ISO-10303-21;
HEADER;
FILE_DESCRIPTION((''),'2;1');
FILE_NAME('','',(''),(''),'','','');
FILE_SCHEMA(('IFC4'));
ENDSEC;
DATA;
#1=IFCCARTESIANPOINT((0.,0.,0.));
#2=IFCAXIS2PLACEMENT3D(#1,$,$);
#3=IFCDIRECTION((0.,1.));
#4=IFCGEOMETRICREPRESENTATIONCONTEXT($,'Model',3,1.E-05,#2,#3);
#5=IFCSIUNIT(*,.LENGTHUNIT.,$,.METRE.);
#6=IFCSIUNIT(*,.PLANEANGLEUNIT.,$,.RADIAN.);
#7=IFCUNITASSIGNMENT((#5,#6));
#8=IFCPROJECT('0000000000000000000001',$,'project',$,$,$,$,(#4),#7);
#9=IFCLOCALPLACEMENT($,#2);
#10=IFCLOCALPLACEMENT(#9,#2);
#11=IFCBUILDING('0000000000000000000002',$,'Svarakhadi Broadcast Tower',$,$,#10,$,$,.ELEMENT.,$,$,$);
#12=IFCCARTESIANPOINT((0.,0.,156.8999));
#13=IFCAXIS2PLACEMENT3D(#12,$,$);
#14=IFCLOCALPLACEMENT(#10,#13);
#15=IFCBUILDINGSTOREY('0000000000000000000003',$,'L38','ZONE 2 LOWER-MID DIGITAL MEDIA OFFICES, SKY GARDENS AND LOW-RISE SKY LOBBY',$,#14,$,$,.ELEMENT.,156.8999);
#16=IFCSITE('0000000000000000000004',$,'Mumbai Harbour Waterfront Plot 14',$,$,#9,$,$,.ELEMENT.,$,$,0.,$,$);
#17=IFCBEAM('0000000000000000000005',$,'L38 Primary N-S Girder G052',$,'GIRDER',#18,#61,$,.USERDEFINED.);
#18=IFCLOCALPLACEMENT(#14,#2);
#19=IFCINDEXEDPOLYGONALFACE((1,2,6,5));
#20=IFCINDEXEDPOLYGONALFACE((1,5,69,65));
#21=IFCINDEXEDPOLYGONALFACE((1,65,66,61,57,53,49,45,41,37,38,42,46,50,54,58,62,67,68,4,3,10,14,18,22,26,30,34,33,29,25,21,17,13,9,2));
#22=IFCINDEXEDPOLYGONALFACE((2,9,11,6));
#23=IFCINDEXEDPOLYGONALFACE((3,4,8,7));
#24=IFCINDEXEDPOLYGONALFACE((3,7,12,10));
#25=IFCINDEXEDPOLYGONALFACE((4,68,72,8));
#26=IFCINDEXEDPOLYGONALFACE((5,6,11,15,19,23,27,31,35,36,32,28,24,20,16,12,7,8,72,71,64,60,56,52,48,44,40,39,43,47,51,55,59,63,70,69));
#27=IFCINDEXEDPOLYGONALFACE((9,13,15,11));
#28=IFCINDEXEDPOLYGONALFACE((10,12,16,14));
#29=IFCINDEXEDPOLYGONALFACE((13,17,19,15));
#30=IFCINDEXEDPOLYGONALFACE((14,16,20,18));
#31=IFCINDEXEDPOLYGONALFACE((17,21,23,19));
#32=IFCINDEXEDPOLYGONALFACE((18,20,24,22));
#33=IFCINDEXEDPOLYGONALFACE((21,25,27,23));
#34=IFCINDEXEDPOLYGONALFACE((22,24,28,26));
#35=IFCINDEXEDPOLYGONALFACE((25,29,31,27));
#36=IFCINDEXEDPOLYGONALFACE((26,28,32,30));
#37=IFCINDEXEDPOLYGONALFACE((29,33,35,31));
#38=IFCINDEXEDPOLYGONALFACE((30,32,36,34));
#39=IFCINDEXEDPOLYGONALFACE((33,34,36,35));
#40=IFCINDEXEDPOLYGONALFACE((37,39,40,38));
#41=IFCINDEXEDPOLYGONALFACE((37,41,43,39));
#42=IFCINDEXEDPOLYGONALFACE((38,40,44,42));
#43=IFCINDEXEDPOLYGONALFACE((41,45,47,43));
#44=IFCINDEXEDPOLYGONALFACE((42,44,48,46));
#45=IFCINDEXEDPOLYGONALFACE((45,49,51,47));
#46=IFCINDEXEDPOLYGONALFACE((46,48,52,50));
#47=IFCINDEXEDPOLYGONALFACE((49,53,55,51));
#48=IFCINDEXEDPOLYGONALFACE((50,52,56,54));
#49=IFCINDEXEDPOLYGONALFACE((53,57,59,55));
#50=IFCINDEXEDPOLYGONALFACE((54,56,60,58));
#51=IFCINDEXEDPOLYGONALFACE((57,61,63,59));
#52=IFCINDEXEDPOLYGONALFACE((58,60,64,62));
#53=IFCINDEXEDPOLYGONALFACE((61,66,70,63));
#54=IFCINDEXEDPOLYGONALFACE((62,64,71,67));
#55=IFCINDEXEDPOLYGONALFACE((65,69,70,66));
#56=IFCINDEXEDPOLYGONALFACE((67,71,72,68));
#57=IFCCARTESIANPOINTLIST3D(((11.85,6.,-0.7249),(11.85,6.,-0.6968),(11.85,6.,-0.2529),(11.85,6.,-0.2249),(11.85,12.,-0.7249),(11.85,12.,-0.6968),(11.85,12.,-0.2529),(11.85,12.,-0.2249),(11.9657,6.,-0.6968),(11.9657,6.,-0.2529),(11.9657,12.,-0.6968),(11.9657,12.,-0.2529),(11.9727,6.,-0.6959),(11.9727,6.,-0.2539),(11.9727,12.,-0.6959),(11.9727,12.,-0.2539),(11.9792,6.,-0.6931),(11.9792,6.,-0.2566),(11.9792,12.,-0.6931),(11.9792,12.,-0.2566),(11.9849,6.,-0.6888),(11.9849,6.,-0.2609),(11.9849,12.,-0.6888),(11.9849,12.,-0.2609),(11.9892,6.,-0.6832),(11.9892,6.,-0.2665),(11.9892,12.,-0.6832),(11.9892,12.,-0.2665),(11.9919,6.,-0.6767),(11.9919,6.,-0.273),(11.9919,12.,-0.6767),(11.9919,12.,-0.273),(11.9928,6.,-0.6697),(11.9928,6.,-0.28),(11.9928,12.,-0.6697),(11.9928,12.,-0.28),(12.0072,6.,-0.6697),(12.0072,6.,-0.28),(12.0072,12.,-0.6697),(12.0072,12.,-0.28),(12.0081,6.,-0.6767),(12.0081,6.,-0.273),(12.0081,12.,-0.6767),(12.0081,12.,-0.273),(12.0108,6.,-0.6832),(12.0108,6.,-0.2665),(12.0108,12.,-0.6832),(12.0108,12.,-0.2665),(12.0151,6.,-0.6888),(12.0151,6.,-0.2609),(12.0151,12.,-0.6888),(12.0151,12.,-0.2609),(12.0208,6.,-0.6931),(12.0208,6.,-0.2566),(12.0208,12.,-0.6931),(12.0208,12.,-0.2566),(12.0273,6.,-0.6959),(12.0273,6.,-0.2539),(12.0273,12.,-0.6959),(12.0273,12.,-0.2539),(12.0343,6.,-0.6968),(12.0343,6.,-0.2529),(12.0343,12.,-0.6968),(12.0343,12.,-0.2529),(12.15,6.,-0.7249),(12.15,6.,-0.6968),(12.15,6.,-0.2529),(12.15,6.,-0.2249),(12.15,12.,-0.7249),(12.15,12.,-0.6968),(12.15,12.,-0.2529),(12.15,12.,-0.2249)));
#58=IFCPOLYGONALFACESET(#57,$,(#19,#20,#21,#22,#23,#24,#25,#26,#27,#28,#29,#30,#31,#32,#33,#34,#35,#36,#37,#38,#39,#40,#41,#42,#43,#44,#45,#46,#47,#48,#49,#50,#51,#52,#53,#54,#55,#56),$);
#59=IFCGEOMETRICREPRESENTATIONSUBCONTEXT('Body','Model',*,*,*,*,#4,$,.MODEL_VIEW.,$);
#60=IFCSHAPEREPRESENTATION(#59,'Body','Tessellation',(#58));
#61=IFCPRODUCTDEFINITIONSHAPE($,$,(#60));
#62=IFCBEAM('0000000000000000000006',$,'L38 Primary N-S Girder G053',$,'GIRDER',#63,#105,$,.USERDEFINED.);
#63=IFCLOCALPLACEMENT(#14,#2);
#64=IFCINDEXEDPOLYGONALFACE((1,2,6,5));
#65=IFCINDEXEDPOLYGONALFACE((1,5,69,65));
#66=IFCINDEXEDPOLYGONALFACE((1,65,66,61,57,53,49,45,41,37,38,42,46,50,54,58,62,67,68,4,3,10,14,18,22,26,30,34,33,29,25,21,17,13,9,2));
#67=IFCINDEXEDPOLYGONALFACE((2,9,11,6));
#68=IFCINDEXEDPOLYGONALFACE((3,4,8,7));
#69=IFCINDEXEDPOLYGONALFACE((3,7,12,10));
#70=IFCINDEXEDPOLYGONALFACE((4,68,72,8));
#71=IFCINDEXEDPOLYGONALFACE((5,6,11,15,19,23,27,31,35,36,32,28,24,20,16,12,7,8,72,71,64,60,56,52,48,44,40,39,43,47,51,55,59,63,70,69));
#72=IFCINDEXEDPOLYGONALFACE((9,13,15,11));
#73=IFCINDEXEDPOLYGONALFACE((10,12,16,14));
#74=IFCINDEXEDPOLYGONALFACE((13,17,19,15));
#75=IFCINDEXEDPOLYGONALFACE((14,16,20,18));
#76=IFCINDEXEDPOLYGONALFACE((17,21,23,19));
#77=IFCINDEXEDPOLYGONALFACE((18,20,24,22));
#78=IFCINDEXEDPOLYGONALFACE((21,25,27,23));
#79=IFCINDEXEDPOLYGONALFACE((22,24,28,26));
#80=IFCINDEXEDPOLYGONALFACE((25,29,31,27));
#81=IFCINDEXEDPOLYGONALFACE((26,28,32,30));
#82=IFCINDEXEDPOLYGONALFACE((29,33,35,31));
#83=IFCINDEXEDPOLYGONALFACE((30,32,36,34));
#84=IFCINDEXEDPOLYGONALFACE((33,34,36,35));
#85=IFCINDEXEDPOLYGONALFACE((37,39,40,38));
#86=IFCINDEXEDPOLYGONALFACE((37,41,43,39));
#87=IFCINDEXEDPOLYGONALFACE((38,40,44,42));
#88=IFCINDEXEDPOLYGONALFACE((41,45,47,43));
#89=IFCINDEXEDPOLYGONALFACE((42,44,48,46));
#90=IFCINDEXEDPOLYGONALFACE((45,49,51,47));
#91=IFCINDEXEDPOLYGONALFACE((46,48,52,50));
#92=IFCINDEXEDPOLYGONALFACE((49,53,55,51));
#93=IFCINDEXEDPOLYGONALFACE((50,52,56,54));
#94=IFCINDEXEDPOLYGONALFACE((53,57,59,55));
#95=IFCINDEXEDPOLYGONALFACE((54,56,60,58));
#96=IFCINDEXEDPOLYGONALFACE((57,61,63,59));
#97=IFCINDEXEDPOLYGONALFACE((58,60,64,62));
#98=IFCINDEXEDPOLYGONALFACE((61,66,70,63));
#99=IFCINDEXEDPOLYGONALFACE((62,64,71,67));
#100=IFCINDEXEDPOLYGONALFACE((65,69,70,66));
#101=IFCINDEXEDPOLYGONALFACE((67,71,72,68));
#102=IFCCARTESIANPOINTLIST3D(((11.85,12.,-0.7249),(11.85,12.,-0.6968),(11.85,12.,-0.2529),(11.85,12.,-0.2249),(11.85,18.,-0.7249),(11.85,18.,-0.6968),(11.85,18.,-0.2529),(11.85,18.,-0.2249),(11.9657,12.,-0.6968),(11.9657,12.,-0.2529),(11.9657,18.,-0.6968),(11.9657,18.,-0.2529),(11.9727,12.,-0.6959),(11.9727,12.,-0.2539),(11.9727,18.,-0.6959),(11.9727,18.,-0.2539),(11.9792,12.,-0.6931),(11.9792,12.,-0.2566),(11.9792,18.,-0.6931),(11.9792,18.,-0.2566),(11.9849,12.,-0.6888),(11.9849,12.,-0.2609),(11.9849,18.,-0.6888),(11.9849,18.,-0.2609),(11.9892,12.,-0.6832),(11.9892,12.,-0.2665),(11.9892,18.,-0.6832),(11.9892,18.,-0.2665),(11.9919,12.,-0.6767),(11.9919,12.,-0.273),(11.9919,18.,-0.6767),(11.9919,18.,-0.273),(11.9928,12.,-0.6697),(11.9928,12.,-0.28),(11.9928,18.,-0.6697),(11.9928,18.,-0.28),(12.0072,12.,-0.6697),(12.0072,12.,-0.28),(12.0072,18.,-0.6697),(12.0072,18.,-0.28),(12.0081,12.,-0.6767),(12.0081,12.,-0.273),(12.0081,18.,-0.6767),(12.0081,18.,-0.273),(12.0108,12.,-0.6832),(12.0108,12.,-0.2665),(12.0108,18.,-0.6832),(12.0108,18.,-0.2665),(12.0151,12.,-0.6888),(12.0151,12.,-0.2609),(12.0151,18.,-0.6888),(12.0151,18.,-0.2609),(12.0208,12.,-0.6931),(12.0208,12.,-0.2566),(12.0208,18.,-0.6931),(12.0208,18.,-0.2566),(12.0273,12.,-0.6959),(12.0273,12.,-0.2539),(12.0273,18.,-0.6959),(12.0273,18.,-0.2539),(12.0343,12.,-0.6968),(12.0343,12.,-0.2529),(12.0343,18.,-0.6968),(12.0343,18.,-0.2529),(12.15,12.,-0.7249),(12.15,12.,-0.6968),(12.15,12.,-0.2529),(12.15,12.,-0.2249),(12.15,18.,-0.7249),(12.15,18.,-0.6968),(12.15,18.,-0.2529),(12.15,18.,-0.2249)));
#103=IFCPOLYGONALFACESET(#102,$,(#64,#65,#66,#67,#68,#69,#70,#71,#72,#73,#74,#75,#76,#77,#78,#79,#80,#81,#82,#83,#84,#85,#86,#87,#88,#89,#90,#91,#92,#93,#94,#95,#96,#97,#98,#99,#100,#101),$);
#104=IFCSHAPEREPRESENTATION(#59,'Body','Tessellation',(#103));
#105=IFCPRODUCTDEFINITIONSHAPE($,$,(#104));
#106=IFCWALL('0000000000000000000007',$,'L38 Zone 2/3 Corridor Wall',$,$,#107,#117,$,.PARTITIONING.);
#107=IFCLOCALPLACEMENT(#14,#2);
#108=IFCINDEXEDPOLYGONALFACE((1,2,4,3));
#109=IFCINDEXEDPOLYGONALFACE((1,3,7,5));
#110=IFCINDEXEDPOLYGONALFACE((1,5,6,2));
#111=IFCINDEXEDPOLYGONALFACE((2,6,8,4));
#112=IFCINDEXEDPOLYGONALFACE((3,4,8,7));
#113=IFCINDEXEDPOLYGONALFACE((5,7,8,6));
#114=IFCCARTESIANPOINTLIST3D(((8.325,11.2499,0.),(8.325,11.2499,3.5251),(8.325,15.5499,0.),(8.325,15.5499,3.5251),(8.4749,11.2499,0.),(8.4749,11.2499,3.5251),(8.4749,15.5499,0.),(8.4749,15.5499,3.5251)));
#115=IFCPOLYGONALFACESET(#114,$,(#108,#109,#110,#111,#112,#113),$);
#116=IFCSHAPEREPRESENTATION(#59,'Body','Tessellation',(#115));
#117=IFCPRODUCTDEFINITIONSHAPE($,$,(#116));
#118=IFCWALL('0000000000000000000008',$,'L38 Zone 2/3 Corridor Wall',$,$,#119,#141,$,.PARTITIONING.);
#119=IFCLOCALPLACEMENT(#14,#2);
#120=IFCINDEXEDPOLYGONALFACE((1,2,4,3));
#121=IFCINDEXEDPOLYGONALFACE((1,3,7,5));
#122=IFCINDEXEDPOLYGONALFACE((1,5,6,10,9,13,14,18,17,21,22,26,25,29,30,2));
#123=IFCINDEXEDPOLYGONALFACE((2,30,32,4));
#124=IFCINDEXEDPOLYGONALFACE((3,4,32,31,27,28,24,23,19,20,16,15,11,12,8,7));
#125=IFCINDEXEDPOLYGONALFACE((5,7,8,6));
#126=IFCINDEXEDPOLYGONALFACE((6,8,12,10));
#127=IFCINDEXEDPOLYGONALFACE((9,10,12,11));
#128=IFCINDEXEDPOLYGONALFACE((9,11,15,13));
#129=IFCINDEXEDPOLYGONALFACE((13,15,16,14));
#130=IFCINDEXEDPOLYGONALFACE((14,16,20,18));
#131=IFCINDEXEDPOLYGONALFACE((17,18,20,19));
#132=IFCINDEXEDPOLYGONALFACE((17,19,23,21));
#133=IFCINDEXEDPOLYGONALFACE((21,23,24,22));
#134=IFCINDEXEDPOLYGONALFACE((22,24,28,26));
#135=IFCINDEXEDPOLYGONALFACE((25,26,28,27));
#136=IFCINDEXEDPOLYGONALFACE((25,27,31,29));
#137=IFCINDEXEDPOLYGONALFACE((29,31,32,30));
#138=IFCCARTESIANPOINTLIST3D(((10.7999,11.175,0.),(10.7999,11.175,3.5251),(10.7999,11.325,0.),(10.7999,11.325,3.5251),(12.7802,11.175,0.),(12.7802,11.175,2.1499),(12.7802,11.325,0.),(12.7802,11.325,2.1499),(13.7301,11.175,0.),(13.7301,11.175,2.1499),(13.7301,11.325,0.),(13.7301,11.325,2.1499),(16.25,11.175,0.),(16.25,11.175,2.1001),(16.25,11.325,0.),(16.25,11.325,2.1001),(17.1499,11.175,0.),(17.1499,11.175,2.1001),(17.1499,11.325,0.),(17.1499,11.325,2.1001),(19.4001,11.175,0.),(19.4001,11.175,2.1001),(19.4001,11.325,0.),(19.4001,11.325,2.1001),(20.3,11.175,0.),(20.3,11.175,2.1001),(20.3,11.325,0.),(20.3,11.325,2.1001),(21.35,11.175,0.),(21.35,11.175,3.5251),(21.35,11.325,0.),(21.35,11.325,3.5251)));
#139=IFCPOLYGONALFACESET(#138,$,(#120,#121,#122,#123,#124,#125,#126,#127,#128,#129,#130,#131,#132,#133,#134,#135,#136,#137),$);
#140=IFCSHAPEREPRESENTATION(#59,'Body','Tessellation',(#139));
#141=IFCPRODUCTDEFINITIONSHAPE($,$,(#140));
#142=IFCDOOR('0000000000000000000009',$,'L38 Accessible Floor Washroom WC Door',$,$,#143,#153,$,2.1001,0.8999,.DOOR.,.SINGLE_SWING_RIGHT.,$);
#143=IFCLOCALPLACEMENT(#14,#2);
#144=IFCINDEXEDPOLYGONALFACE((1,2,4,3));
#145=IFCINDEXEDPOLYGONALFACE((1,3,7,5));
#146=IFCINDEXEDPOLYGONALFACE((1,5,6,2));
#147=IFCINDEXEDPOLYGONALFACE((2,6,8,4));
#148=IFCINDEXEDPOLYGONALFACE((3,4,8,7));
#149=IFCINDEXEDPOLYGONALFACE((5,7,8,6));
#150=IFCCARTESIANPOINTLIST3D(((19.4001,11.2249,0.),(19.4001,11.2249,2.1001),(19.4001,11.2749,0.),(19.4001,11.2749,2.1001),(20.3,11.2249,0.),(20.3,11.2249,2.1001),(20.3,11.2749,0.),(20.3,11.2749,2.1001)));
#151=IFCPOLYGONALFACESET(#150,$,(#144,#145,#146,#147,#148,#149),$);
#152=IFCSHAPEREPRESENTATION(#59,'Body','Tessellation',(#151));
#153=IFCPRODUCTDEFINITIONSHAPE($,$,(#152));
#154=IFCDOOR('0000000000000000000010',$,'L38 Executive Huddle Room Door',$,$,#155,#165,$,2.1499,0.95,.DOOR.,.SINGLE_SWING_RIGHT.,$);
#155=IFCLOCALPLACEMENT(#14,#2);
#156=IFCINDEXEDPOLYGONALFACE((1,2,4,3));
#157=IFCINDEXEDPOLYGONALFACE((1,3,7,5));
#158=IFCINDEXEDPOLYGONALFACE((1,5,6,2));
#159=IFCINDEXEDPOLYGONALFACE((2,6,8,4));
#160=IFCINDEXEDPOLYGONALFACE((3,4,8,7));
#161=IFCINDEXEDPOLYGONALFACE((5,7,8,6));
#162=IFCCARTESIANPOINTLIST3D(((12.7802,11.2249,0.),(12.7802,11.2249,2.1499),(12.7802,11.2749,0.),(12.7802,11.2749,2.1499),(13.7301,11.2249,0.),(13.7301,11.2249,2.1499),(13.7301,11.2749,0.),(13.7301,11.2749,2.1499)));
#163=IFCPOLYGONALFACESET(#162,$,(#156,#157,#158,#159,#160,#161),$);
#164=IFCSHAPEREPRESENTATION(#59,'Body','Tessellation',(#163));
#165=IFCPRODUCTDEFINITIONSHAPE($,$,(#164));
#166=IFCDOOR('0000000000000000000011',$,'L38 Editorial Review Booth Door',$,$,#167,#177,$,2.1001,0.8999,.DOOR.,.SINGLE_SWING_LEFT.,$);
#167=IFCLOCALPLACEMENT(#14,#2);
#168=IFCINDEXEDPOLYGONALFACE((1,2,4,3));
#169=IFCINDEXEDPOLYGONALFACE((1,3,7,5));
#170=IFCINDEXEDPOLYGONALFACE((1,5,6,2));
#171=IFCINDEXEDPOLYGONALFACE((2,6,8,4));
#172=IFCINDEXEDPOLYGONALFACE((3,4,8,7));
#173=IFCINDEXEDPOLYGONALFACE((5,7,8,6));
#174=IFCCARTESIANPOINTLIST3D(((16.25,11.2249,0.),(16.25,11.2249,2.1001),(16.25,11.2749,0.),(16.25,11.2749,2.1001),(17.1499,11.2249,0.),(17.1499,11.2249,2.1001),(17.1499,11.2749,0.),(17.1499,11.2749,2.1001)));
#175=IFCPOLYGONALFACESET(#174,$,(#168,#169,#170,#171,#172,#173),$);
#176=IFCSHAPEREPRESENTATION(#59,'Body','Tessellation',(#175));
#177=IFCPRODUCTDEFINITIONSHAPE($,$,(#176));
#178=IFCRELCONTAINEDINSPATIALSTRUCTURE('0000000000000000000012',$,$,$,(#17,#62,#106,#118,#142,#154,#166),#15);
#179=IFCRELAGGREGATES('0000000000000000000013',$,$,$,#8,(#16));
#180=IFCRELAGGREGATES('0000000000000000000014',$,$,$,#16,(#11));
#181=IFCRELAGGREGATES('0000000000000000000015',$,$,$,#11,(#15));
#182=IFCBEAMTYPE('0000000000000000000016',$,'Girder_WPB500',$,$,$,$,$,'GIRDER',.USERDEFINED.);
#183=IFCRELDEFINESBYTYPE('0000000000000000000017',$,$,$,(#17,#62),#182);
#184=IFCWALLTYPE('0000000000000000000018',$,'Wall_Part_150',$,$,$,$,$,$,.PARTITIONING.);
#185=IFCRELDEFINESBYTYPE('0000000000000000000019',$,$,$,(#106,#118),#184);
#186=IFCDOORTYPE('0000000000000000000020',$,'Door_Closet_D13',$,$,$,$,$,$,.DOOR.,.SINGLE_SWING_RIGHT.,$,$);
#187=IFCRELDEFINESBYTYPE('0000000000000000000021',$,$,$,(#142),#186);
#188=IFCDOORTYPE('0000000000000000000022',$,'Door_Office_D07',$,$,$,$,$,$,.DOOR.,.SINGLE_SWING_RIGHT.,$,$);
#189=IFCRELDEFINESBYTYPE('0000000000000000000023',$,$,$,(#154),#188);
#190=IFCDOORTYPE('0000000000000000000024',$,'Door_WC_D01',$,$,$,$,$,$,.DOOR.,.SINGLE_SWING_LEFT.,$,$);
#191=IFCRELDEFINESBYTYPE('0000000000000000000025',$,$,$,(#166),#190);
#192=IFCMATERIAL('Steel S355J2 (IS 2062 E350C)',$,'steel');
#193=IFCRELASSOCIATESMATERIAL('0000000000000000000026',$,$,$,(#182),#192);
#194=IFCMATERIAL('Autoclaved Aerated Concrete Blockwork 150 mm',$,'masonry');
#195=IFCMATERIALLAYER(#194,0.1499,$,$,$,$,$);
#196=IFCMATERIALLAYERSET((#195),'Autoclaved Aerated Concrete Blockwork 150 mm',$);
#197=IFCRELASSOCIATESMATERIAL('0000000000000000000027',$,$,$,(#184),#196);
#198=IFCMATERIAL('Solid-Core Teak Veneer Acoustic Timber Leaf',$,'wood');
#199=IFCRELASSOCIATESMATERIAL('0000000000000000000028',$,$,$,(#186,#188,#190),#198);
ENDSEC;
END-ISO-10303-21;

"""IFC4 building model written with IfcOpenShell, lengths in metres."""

from ifc_helpers import new_model, si_unit, direction, frame, frame_2d, origin, origin_2d, place, context, subcontext, project, spatial, rectangle, i_section, extrude, material, layer, layer_set, material_profile, profile_set, type_object, element, fill, save


model = new_model("IFC4")

# Units and contexts
model_context = context("Model", 3, precision=1e-05, world=origin(), true_north=direction((0.0, 1.0)))
body_context = subcontext(model_context, "Body", "Model", "MODEL_VIEW")
ifc_project = project(units=[si_unit("LENGTHUNIT", "METRE"), si_unit("PLANEANGLEUNIT", "RADIAN")], contexts=[model_context])

# Site, building, storey
site_placement = place(None, origin())
site = spatial("IfcSite", under=ifc_project, at=site_placement, Name="Mumbai Harbour Waterfront Plot 14", CompositionType="ELEMENT", RefElevation=0.0)
building_placement = place(site_placement, origin())
building = spatial("IfcBuilding", under=site, at=building_placement, Name="Svarakhadi Broadcast Tower", CompositionType="ELEMENT")
storey_placement = place(building_placement, frame((0.0, 0.0, 156.8999)))
storey = spatial("IfcBuildingStorey", under=building, at=storey_placement, Name="L38", Description="ZONE 2 LOWER-MID DIGITAL MEDIA OFFICES, SKY GARDENS AND LOW-RISE SKY LOBBY", CompositionType="ELEMENT", Elevation=156.8999)

# Beams
ifc_material_1 = material(Name="Steel S355J2 (IS 2062 E350C)", Category="steel")
ifc_material_profile_1 = material_profile(ifc_material_1, i_section(OverallWidth=0.3, OverallDepth=0.5, WebThickness=0.0144, FlangeThickness=0.0281, FilletRadius=0.0271, at=origin_2d()), Name="WPB 500x300x187")
ifc_profile_set_1 = profile_set([ifc_material_profile_1], Name="Steel S355J2 (IS 2062 E350C)")
beam_type_1 = type_object("IfcBeamType", Name="Girder_WPB500", ElementType="GIRDER", PredefinedType="USERDEFINED", material=ifc_profile_set_1)
for number, where, z_axis, x_axis, name in (
    (1, (12.0, 6.0, -0.4749), (0.0, 1.0, 0.0), (-1.0, 0.0, 0.0), "L38 Primary N-S Girder G052"),
    (2, (12.0, 12.0, -0.4749), (0.0, 1.0, 0.0), (-1.0, 0.0, 0.0), "L38 Primary N-S Girder G053"),
):
    element("IfcBeam", number, at=place(storey_placement, frame(where, z_axis=z_axis, x_axis=x_axis)), inside=storey, type_object=beam_type_1, Name=name, ObjectType="GIRDER", PredefinedType="USERDEFINED", context=body_context, shape_type="SweptSolid", body=[
        extrude(i_section(OverallWidth=0.3, OverallDepth=0.5, WebThickness=0.0144, FlangeThickness=0.0281, FilletRadius=0.0271, at=origin_2d()), origin(), (0.0, 0.0, 1.0), 6.0),
    ])

# Wall
ifc_material_2 = material(Name="Autoclaved Aerated Concrete Blockwork 150 mm", Category="masonry")
ifc_layer = layer(ifc_material_2, 0.1499)
ifc_layer_set = layer_set([ifc_layer], Name="Autoclaved Aerated Concrete Blockwork 150 mm")
wall_type = type_object("IfcWallType", Name="Wall_Part_150", PredefinedType="PARTITIONING", material=ifc_layer_set)
wall_1_placement = place(storey_placement, frame((8.3999, 11.25, 0.0), z_axis=(0.0, 0.0, 1.0), x_axis=(0.0, 1.0, 0.0)))
element("IfcWall", 3, at=wall_1_placement, inside=storey, type_object=wall_type, Name="L38 Zone 2/3 Corridor Wall", PredefinedType="PARTITIONING", context=body_context, shape_type="SweptSolid", body=[
    extrude(rectangle(XDim=4.3, YDim=0.1499, at=frame_2d((2.1499, 0.0))), origin(), (0.0, 0.0, 1.0), 3.5251),
])

# Wall, openings, doors
wall_2_placement = place(storey_placement, frame((10.8, 11.25, 0.0), z_axis=(0.0, 0.0, 1.0), x_axis=(1.0, 0.0, 0.0)))
wall_2 = element("IfcWall", 4, at=wall_2_placement, inside=storey, type_object=wall_type, Name="L38 Zone 2/3 Corridor Wall", PredefinedType="PARTITIONING", context=body_context, shape_type="SweptSolid", body=[
    extrude(rectangle(XDim=10.55, YDim=0.1499, at=frame_2d((5.2749, 0.0))), origin(), (0.0, 0.0, 1.0), 3.5251),
])
opening_1_placement = place(wall_2_placement, frame((1.98, 0.0, 0.0)))
opening_1 = element("IfcOpeningElement", 5, at=opening_1_placement, cuts=wall_2, PredefinedType="OPENING", context=body_context, shape_type="SweptSolid", body=[
    extrude(rectangle(XDim=0.95, YDim=2.1499, at=frame_2d((0.4751, 1.075))), frame((0.0, 0.085, 0.0), z_axis=(0.0, -1.0, 0.0), x_axis=(1.0, 0.0, 0.0)), (0.0, 0.0, 1.0), 0.1699),
])
opening_2_placement = place(wall_2_placement, frame((5.45, 0.0, 0.0)))
opening_2 = element("IfcOpeningElement", 6, at=opening_2_placement, cuts=wall_2, PredefinedType="OPENING", context=body_context, shape_type="SweptSolid", body=[
    extrude(rectangle(XDim=0.8999, YDim=2.1001, at=frame_2d((0.45, 1.05))), frame((0.0, 0.085, 0.0), z_axis=(0.0, -1.0, 0.0), x_axis=(1.0, 0.0, 0.0)), (0.0, 0.0, 1.0), 0.1699),
])
opening_3_placement = place(wall_2_placement, frame((8.6001, 0.0, 0.0)))
opening_3 = element("IfcOpeningElement", 7, at=opening_3_placement, cuts=wall_2, PredefinedType="OPENING", context=body_context, shape_type="SweptSolid", body=[
    extrude(rectangle(XDim=0.8999, YDim=2.1001, at=frame_2d((0.45, 1.05))), frame((0.0, 0.085, 0.0), z_axis=(0.0, -1.0, 0.0), x_axis=(1.0, 0.0, 0.0)), (0.0, 0.0, 1.0), 0.1699),
])
ifc_material_3 = material(Name="Solid-Core Teak Veneer Acoustic Timber Leaf", Category="wood")
door_type_1 = type_object("IfcDoorType", Name="Door_Closet_D13", OperationType="SINGLE_SWING_RIGHT", PredefinedType="DOOR", material=ifc_material_3)
door_1_placement = place(opening_3_placement, origin())
door_1 = element("IfcDoor", 8, at=door_1_placement, inside=storey, type_object=door_type_1, Name="L38 Accessible Floor Washroom WC Door", OperationType="SINGLE_SWING_RIGHT", OverallHeight=2.1001, OverallWidth=0.8999, PredefinedType="DOOR", context=body_context, shape_type="SweptSolid", body=[
    extrude(rectangle(XDim=0.8999, YDim=2.1001, at=frame_2d((0.45, 1.05))), frame((0.0, 0.0249, 0.0), z_axis=(0.0, -1.0, 0.0), x_axis=(1.0, 0.0, 0.0)), (0.0, 0.0, 1.0), 0.05),
])
fill(opening_3, door_1)
door_type_2 = type_object("IfcDoorType", Name="Door_Office_D07", OperationType="SINGLE_SWING_RIGHT", PredefinedType="DOOR", material=ifc_material_3)
door_2_placement = place(opening_1_placement, origin())
door_2 = element("IfcDoor", 9, at=door_2_placement, inside=storey, type_object=door_type_2, Name="L38 Executive Huddle Room Door", OperationType="SINGLE_SWING_RIGHT", OverallHeight=2.1499, OverallWidth=0.95, PredefinedType="DOOR", context=body_context, shape_type="SweptSolid", body=[
    extrude(rectangle(XDim=0.95, YDim=2.1499, at=frame_2d((0.4751, 1.075))), frame((0.0, 0.0249, 0.0), z_axis=(0.0, -1.0, 0.0), x_axis=(1.0, 0.0, 0.0)), (0.0, 0.0, 1.0), 0.05),
])
fill(opening_1, door_2)
door_type_3 = type_object("IfcDoorType", Name="Door_WC_D01", OperationType="SINGLE_SWING_LEFT", PredefinedType="DOOR", material=ifc_material_3)
door_3_placement = place(opening_2_placement, origin())
door_3 = element("IfcDoor", 10, at=door_3_placement, inside=storey, type_object=door_type_3, Name="L38 Editorial Review Booth Door", OperationType="SINGLE_SWING_LEFT", OverallHeight=2.1001, OverallWidth=0.8999, PredefinedType="DOOR", context=body_context, shape_type="SweptSolid", body=[
    extrude(rectangle(XDim=0.8999, YDim=2.1001, at=frame_2d((0.45, 1.05))), frame((0.0, 0.0249, 0.0), z_axis=(0.0, -1.0, 0.0), x_axis=(1.0, 0.0, 0.0)), (0.0, 0.0, 1.0), 0.05),
])
fill(opening_2, door_3)

save(model, "model.ifc")
